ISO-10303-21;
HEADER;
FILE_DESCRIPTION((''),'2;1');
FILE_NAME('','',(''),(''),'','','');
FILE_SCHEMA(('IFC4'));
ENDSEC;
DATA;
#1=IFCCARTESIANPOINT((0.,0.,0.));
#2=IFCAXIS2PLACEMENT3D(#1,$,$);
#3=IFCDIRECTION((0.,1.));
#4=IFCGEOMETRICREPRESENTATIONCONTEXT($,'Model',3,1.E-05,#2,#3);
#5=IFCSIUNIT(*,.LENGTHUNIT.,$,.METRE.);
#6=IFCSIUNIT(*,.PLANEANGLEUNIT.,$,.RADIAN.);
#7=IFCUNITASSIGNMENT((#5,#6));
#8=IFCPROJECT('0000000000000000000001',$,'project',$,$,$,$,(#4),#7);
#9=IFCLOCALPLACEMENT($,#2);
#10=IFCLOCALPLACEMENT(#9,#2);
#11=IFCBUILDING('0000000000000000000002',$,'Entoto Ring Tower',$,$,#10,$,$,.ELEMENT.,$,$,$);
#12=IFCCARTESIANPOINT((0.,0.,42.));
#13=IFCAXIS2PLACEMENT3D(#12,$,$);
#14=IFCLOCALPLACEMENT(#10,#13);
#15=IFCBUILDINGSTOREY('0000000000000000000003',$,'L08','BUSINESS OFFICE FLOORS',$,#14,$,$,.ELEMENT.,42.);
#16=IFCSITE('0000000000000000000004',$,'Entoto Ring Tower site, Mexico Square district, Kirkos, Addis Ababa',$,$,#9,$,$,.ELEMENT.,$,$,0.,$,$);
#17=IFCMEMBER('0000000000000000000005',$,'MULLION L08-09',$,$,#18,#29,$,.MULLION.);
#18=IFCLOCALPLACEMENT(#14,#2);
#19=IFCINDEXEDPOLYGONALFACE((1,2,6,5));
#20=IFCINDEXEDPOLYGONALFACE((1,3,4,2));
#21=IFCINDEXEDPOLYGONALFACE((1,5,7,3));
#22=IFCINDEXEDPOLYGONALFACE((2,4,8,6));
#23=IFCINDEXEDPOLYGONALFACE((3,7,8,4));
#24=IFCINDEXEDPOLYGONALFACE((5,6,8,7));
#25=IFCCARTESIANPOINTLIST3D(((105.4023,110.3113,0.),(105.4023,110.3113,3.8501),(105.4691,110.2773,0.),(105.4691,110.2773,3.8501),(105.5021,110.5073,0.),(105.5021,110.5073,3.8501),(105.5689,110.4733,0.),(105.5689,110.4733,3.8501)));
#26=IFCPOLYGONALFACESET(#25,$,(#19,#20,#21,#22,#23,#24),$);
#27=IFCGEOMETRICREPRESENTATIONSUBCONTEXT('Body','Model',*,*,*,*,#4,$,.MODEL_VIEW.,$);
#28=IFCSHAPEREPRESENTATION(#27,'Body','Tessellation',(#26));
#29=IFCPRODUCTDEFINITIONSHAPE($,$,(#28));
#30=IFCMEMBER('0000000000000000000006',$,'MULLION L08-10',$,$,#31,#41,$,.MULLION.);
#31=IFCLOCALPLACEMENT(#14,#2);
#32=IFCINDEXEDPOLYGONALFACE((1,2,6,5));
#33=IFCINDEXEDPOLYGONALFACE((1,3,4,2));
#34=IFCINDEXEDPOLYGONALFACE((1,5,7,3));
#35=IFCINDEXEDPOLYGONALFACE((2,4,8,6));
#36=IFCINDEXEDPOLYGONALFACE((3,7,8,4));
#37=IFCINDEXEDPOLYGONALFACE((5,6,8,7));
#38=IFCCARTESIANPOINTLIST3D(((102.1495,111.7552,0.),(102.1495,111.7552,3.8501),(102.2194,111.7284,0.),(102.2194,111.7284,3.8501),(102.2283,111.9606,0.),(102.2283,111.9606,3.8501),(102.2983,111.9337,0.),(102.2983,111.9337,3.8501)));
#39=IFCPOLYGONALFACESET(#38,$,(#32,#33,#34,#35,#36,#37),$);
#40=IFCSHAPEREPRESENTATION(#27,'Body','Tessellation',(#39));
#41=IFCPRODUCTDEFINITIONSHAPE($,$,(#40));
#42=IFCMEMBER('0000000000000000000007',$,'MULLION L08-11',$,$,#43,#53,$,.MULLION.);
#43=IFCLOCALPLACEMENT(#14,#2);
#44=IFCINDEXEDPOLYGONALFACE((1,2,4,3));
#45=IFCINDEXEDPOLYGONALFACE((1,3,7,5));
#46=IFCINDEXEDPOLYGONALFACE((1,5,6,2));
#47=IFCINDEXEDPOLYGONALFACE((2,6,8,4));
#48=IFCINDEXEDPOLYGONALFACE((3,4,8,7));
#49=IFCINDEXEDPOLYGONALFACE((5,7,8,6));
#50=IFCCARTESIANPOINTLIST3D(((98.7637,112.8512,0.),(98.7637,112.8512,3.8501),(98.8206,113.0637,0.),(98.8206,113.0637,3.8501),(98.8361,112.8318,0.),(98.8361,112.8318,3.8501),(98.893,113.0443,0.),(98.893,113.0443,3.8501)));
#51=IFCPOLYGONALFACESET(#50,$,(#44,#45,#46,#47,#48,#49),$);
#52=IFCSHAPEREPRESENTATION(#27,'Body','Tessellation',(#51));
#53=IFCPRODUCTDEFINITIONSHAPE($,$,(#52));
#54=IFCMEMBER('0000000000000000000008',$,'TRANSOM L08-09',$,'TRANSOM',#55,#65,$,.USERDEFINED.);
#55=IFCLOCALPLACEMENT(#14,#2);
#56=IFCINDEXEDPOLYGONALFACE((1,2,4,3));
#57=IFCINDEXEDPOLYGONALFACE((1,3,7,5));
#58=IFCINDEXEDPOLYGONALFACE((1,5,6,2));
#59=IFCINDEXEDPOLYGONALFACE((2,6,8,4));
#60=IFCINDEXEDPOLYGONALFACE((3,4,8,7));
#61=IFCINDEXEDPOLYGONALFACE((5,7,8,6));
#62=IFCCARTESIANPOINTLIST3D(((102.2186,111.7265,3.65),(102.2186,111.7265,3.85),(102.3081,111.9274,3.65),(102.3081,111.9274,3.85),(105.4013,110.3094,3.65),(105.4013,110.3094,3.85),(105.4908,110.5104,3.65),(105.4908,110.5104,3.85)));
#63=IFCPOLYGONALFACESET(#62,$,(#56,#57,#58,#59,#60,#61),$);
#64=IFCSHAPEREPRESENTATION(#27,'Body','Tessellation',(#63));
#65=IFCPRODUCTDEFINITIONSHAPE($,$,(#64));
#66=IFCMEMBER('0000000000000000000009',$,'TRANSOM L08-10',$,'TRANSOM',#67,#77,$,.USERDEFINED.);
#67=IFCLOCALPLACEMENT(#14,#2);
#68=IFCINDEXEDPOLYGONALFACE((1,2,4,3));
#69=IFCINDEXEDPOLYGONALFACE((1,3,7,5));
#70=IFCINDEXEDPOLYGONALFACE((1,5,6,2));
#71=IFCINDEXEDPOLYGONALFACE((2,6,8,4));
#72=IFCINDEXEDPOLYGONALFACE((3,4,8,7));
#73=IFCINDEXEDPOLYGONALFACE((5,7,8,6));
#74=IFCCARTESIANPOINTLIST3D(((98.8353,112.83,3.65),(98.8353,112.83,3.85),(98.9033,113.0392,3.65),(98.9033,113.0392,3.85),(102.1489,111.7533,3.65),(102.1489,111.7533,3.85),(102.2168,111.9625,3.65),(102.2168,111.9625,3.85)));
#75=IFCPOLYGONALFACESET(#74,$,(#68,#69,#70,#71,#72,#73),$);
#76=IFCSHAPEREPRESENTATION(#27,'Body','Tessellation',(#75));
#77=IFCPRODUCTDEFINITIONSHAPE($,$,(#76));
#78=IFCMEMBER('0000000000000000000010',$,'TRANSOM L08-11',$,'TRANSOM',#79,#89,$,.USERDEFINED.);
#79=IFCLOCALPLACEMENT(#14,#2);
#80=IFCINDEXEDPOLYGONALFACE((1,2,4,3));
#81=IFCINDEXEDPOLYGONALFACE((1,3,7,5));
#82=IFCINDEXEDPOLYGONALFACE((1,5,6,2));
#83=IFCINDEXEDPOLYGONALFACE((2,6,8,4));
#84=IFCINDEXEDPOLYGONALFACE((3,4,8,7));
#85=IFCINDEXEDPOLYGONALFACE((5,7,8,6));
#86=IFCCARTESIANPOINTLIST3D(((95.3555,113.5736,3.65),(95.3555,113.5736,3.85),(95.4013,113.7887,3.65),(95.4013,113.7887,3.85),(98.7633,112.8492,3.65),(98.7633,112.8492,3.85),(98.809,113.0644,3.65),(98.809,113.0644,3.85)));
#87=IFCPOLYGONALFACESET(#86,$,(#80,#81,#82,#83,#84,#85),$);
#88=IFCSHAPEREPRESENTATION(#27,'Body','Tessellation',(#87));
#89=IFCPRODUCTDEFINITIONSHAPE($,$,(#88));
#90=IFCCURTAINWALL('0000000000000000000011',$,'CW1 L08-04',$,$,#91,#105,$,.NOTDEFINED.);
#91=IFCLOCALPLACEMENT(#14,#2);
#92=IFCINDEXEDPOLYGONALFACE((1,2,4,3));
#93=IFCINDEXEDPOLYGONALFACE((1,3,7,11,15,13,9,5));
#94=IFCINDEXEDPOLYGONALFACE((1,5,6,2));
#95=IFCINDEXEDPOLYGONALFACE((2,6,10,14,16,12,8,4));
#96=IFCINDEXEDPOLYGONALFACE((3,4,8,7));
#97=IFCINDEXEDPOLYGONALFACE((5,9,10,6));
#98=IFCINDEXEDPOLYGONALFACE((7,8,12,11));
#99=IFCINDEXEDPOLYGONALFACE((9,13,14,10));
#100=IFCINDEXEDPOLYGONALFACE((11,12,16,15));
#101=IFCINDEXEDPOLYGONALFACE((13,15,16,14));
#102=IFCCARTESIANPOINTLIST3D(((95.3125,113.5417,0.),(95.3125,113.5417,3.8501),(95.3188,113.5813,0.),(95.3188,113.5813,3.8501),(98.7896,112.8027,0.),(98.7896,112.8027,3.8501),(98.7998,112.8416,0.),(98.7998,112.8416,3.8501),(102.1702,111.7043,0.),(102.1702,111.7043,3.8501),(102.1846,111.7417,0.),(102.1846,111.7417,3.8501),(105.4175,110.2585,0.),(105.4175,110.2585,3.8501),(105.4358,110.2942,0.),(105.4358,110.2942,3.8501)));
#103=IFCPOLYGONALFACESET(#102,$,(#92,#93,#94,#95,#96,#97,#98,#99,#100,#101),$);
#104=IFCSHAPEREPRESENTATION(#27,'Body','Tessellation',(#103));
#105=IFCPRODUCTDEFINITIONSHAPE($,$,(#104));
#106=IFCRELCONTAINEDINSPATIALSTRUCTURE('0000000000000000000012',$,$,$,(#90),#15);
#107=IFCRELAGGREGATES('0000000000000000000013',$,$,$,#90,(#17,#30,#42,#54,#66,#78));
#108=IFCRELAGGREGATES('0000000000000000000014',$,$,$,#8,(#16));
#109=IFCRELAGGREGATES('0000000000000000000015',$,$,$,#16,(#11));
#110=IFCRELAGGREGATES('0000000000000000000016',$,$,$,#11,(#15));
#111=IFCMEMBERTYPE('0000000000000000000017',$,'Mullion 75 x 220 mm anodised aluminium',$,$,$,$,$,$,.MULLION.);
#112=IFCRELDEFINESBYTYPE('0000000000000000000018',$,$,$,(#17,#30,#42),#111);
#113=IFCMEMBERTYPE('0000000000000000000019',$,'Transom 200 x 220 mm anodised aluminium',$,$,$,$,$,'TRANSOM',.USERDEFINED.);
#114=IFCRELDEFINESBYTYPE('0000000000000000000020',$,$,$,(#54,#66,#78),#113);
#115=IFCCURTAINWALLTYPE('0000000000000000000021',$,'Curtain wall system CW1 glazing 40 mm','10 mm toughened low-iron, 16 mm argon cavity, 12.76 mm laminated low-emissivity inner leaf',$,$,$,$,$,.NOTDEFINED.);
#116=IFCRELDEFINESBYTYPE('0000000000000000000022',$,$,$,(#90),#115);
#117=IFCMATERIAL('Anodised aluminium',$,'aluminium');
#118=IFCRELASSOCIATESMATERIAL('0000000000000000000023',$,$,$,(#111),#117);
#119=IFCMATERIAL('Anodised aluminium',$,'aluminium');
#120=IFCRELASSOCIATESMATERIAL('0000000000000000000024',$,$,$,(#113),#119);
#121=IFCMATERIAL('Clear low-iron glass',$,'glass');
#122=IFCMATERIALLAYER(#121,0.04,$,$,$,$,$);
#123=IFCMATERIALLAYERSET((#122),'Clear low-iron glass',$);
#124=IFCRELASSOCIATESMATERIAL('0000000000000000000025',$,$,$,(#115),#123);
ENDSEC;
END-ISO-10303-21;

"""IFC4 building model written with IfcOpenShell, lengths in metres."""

from ifc_helpers import new_model, si_unit, direction, frame, origin, origin_2d, place, context, subcontext, project, spatial, polyline, rectangle, outline, extrude, material, layer, layer_set, material_profile, profile_set, type_object, element, aggregate, save


model = new_model("IFC4")

# Units and contexts
model_context = context("Model", 3, precision=1e-05, world=origin(), true_north=direction((0.0, 1.0)))
body_context = subcontext(model_context, "Body", "Model", "MODEL_VIEW")
ifc_project = project(units=[si_unit("LENGTHUNIT", "METRE"), si_unit("PLANEANGLEUNIT", "RADIAN")], contexts=[model_context])

# Members
ifc_material_1 = material(Name="Anodised aluminium", Category="aluminium")
ifc_material_profile_1 = material_profile(ifc_material_1, rectangle(XDim=0.075, YDim=0.22, at=origin_2d()), Name="Mullion 75 x 220 mm anodised aluminium")
ifc_profile_set_1 = profile_set([ifc_material_profile_1], Name="Anodised aluminium")
member_type_1 = type_object("IfcMemberType", Name="Mullion 75 x 220 mm anodised aluminium", PredefinedType="MULLION", material=ifc_profile_set_1)
site_placement = place(None, origin())
building_placement = place(site_placement, origin())
storey_placement = place(building_placement, frame((0.0, 0.0, 42.0)))
member_1_placement = place(storey_placement, frame((105.4856, 110.3923, 0.0), z_axis=(0.0, 0.0, 1.0), x_axis=(-0.891007, 0.45399, 0.0)))
member_1 = element("IfcMember", 1, at=member_1_placement, type_object=member_type_1, Name="MULLION L08-09", PredefinedType="MULLION", context=body_context, shape_type="SweptSolid", body=[
    extrude(rectangle(XDim=0.075, YDim=0.22, at=origin_2d()), origin(), (0.0, 0.0, 1.0), 3.8501),
])
member_2_placement = place(storey_placement, frame((102.2239, 111.8445, 0.0), z_axis=(0.0, 0.0, 1.0), x_axis=(-0.93358, 0.358368, 0.0)))
member_2 = element("IfcMember", 2, at=member_2_placement, type_object=member_type_1, Name="MULLION L08-10", PredefinedType="MULLION", context=body_context, shape_type="SweptSolid", body=[
    extrude(rectangle(XDim=0.075, YDim=0.22, at=origin_2d()), origin(), (0.0, 0.0, 1.0), 3.8501),
])
member_3_placement = place(storey_placement, frame((98.8284, 112.9478, 0.0), z_axis=(0.0, 0.0, 1.0), x_axis=(-0.965926, 0.258819, 0.0)))
member_3 = element("IfcMember", 3, at=member_3_placement, type_object=member_type_1, Name="MULLION L08-11", PredefinedType="MULLION", context=body_context, shape_type="SweptSolid", body=[
    extrude(rectangle(XDim=0.075, YDim=0.22, at=origin_2d()), origin(), (0.0, 0.0, 1.0), 3.8501),
])
ifc_material_2 = material(Name="Anodised aluminium", Category="aluminium")
ifc_material_profile_2 = material_profile(ifc_material_2, rectangle(XDim=0.22, YDim=0.2, at=origin_2d()), Name="Transom 200 x 220 mm anodised aluminium")
ifc_profile_set_2 = profile_set([ifc_material_profile_2], Name="Anodised aluminium")
member_type_2 = type_object("IfcMemberType", Name="Transom 200 x 220 mm anodised aluminium", ElementType="TRANSOM", PredefinedType="USERDEFINED", material=ifc_profile_set_2)
member_4_placement = place(storey_placement, frame((105.446, 110.4099, 3.75), z_axis=(-0.913545, 0.406737, 0.0), x_axis=(-0.406737, -0.913545, 0.0)))
member_4 = element("IfcMember", 4, at=member_4_placement, type_object=member_type_2, Name="TRANSOM L08-09", ObjectType="TRANSOM", PredefinedType="USERDEFINED", context=body_context, shape_type="SweptSolid", body=[
    extrude(rectangle(XDim=0.22, YDim=0.2, at=origin_2d()), origin(), (0.0, 0.0, 1.0), 3.4839),
])
member_5_placement = place(storey_placement, frame((102.1829, 111.8579, 3.75), z_axis=(-0.951053, 0.309029, 0.0), x_axis=(-0.309029, -0.951053, 0.0)))
member_5 = element("IfcMember", 5, at=member_5_placement, type_object=member_type_2, Name="TRANSOM L08-10", ObjectType="TRANSOM", PredefinedType="USERDEFINED", context=body_context, shape_type="SweptSolid", body=[
    extrude(rectangle(XDim=0.22, YDim=0.2, at=origin_2d()), origin(), (0.0, 0.0, 1.0), 3.4841),
])
member_6_placement = place(storey_placement, frame((98.7861, 112.9568, 3.75), z_axis=(-0.978146, 0.207921, 0.0), x_axis=(-0.207921, -0.978146, 0.0)))
member_6 = element("IfcMember", 6, at=member_6_placement, type_object=member_type_2, Name="TRANSOM L08-11", ObjectType="TRANSOM", PredefinedType="USERDEFINED", context=body_context, shape_type="SweptSolid", body=[
    extrude(rectangle(XDim=0.22, YDim=0.2, at=origin_2d()), origin(), (0.0, 0.0, 1.0), 3.4839),
])

# Site, building, storey
site = spatial("IfcSite", under=ifc_project, at=site_placement, Name="Entoto Ring Tower site, Mexico Square district, Kirkos, Addis Ababa", CompositionType="ELEMENT", RefElevation=0.0)
building = spatial("IfcBuilding", under=site, at=building_placement, Name="Entoto Ring Tower", CompositionType="ELEMENT")
storey = spatial("IfcBuildingStorey", under=building, at=storey_placement, Name="L08", Description="BUSINESS OFFICE FLOORS", CompositionType="ELEMENT", Elevation=42.0)

# Curtain wall
ifc_material_3 = material(Name="Clear low-iron glass", Category="glass")
ifc_layer = layer(ifc_material_3, 0.04)
ifc_layer_set = layer_set([ifc_layer], Name="Clear low-iron glass")
curtain_wall_type = type_object("IfcCurtainWallType", Name="Curtain wall system CW1 glazing 40 mm", Description="10 mm toughened low-iron, 16 mm argon cavity, 12.76 mm laminated low-emissivity inner leaf", PredefinedType="NOTDEFINED", material=ifc_layer_set)
curtain_wall_1_placement = place(storey_placement, origin())
curtain_wall_1 = element("IfcCurtainWall", 7, at=curtain_wall_1_placement, inside=storey, type_object=curtain_wall_type, Name="CW1 L08-04", PredefinedType="NOTDEFINED", context=body_context, shape_type="SweptSolid", body=[
    extrude(outline(polyline([(105.4358, 110.2942), (102.1846, 111.7417), (98.7998, 112.8416), (95.3188, 113.5813), (95.3125, 113.5417), (98.7896, 112.8027), (102.1702, 111.7043), (105.4175, 110.2585), (105.4358, 110.2942)])), origin(), (0.0, 0.0, 1.0), 3.8501),
])
aggregate(curtain_wall_1, [member_1, member_2, member_3, member_4, member_5, member_6])

save(model, "model.ifc")
